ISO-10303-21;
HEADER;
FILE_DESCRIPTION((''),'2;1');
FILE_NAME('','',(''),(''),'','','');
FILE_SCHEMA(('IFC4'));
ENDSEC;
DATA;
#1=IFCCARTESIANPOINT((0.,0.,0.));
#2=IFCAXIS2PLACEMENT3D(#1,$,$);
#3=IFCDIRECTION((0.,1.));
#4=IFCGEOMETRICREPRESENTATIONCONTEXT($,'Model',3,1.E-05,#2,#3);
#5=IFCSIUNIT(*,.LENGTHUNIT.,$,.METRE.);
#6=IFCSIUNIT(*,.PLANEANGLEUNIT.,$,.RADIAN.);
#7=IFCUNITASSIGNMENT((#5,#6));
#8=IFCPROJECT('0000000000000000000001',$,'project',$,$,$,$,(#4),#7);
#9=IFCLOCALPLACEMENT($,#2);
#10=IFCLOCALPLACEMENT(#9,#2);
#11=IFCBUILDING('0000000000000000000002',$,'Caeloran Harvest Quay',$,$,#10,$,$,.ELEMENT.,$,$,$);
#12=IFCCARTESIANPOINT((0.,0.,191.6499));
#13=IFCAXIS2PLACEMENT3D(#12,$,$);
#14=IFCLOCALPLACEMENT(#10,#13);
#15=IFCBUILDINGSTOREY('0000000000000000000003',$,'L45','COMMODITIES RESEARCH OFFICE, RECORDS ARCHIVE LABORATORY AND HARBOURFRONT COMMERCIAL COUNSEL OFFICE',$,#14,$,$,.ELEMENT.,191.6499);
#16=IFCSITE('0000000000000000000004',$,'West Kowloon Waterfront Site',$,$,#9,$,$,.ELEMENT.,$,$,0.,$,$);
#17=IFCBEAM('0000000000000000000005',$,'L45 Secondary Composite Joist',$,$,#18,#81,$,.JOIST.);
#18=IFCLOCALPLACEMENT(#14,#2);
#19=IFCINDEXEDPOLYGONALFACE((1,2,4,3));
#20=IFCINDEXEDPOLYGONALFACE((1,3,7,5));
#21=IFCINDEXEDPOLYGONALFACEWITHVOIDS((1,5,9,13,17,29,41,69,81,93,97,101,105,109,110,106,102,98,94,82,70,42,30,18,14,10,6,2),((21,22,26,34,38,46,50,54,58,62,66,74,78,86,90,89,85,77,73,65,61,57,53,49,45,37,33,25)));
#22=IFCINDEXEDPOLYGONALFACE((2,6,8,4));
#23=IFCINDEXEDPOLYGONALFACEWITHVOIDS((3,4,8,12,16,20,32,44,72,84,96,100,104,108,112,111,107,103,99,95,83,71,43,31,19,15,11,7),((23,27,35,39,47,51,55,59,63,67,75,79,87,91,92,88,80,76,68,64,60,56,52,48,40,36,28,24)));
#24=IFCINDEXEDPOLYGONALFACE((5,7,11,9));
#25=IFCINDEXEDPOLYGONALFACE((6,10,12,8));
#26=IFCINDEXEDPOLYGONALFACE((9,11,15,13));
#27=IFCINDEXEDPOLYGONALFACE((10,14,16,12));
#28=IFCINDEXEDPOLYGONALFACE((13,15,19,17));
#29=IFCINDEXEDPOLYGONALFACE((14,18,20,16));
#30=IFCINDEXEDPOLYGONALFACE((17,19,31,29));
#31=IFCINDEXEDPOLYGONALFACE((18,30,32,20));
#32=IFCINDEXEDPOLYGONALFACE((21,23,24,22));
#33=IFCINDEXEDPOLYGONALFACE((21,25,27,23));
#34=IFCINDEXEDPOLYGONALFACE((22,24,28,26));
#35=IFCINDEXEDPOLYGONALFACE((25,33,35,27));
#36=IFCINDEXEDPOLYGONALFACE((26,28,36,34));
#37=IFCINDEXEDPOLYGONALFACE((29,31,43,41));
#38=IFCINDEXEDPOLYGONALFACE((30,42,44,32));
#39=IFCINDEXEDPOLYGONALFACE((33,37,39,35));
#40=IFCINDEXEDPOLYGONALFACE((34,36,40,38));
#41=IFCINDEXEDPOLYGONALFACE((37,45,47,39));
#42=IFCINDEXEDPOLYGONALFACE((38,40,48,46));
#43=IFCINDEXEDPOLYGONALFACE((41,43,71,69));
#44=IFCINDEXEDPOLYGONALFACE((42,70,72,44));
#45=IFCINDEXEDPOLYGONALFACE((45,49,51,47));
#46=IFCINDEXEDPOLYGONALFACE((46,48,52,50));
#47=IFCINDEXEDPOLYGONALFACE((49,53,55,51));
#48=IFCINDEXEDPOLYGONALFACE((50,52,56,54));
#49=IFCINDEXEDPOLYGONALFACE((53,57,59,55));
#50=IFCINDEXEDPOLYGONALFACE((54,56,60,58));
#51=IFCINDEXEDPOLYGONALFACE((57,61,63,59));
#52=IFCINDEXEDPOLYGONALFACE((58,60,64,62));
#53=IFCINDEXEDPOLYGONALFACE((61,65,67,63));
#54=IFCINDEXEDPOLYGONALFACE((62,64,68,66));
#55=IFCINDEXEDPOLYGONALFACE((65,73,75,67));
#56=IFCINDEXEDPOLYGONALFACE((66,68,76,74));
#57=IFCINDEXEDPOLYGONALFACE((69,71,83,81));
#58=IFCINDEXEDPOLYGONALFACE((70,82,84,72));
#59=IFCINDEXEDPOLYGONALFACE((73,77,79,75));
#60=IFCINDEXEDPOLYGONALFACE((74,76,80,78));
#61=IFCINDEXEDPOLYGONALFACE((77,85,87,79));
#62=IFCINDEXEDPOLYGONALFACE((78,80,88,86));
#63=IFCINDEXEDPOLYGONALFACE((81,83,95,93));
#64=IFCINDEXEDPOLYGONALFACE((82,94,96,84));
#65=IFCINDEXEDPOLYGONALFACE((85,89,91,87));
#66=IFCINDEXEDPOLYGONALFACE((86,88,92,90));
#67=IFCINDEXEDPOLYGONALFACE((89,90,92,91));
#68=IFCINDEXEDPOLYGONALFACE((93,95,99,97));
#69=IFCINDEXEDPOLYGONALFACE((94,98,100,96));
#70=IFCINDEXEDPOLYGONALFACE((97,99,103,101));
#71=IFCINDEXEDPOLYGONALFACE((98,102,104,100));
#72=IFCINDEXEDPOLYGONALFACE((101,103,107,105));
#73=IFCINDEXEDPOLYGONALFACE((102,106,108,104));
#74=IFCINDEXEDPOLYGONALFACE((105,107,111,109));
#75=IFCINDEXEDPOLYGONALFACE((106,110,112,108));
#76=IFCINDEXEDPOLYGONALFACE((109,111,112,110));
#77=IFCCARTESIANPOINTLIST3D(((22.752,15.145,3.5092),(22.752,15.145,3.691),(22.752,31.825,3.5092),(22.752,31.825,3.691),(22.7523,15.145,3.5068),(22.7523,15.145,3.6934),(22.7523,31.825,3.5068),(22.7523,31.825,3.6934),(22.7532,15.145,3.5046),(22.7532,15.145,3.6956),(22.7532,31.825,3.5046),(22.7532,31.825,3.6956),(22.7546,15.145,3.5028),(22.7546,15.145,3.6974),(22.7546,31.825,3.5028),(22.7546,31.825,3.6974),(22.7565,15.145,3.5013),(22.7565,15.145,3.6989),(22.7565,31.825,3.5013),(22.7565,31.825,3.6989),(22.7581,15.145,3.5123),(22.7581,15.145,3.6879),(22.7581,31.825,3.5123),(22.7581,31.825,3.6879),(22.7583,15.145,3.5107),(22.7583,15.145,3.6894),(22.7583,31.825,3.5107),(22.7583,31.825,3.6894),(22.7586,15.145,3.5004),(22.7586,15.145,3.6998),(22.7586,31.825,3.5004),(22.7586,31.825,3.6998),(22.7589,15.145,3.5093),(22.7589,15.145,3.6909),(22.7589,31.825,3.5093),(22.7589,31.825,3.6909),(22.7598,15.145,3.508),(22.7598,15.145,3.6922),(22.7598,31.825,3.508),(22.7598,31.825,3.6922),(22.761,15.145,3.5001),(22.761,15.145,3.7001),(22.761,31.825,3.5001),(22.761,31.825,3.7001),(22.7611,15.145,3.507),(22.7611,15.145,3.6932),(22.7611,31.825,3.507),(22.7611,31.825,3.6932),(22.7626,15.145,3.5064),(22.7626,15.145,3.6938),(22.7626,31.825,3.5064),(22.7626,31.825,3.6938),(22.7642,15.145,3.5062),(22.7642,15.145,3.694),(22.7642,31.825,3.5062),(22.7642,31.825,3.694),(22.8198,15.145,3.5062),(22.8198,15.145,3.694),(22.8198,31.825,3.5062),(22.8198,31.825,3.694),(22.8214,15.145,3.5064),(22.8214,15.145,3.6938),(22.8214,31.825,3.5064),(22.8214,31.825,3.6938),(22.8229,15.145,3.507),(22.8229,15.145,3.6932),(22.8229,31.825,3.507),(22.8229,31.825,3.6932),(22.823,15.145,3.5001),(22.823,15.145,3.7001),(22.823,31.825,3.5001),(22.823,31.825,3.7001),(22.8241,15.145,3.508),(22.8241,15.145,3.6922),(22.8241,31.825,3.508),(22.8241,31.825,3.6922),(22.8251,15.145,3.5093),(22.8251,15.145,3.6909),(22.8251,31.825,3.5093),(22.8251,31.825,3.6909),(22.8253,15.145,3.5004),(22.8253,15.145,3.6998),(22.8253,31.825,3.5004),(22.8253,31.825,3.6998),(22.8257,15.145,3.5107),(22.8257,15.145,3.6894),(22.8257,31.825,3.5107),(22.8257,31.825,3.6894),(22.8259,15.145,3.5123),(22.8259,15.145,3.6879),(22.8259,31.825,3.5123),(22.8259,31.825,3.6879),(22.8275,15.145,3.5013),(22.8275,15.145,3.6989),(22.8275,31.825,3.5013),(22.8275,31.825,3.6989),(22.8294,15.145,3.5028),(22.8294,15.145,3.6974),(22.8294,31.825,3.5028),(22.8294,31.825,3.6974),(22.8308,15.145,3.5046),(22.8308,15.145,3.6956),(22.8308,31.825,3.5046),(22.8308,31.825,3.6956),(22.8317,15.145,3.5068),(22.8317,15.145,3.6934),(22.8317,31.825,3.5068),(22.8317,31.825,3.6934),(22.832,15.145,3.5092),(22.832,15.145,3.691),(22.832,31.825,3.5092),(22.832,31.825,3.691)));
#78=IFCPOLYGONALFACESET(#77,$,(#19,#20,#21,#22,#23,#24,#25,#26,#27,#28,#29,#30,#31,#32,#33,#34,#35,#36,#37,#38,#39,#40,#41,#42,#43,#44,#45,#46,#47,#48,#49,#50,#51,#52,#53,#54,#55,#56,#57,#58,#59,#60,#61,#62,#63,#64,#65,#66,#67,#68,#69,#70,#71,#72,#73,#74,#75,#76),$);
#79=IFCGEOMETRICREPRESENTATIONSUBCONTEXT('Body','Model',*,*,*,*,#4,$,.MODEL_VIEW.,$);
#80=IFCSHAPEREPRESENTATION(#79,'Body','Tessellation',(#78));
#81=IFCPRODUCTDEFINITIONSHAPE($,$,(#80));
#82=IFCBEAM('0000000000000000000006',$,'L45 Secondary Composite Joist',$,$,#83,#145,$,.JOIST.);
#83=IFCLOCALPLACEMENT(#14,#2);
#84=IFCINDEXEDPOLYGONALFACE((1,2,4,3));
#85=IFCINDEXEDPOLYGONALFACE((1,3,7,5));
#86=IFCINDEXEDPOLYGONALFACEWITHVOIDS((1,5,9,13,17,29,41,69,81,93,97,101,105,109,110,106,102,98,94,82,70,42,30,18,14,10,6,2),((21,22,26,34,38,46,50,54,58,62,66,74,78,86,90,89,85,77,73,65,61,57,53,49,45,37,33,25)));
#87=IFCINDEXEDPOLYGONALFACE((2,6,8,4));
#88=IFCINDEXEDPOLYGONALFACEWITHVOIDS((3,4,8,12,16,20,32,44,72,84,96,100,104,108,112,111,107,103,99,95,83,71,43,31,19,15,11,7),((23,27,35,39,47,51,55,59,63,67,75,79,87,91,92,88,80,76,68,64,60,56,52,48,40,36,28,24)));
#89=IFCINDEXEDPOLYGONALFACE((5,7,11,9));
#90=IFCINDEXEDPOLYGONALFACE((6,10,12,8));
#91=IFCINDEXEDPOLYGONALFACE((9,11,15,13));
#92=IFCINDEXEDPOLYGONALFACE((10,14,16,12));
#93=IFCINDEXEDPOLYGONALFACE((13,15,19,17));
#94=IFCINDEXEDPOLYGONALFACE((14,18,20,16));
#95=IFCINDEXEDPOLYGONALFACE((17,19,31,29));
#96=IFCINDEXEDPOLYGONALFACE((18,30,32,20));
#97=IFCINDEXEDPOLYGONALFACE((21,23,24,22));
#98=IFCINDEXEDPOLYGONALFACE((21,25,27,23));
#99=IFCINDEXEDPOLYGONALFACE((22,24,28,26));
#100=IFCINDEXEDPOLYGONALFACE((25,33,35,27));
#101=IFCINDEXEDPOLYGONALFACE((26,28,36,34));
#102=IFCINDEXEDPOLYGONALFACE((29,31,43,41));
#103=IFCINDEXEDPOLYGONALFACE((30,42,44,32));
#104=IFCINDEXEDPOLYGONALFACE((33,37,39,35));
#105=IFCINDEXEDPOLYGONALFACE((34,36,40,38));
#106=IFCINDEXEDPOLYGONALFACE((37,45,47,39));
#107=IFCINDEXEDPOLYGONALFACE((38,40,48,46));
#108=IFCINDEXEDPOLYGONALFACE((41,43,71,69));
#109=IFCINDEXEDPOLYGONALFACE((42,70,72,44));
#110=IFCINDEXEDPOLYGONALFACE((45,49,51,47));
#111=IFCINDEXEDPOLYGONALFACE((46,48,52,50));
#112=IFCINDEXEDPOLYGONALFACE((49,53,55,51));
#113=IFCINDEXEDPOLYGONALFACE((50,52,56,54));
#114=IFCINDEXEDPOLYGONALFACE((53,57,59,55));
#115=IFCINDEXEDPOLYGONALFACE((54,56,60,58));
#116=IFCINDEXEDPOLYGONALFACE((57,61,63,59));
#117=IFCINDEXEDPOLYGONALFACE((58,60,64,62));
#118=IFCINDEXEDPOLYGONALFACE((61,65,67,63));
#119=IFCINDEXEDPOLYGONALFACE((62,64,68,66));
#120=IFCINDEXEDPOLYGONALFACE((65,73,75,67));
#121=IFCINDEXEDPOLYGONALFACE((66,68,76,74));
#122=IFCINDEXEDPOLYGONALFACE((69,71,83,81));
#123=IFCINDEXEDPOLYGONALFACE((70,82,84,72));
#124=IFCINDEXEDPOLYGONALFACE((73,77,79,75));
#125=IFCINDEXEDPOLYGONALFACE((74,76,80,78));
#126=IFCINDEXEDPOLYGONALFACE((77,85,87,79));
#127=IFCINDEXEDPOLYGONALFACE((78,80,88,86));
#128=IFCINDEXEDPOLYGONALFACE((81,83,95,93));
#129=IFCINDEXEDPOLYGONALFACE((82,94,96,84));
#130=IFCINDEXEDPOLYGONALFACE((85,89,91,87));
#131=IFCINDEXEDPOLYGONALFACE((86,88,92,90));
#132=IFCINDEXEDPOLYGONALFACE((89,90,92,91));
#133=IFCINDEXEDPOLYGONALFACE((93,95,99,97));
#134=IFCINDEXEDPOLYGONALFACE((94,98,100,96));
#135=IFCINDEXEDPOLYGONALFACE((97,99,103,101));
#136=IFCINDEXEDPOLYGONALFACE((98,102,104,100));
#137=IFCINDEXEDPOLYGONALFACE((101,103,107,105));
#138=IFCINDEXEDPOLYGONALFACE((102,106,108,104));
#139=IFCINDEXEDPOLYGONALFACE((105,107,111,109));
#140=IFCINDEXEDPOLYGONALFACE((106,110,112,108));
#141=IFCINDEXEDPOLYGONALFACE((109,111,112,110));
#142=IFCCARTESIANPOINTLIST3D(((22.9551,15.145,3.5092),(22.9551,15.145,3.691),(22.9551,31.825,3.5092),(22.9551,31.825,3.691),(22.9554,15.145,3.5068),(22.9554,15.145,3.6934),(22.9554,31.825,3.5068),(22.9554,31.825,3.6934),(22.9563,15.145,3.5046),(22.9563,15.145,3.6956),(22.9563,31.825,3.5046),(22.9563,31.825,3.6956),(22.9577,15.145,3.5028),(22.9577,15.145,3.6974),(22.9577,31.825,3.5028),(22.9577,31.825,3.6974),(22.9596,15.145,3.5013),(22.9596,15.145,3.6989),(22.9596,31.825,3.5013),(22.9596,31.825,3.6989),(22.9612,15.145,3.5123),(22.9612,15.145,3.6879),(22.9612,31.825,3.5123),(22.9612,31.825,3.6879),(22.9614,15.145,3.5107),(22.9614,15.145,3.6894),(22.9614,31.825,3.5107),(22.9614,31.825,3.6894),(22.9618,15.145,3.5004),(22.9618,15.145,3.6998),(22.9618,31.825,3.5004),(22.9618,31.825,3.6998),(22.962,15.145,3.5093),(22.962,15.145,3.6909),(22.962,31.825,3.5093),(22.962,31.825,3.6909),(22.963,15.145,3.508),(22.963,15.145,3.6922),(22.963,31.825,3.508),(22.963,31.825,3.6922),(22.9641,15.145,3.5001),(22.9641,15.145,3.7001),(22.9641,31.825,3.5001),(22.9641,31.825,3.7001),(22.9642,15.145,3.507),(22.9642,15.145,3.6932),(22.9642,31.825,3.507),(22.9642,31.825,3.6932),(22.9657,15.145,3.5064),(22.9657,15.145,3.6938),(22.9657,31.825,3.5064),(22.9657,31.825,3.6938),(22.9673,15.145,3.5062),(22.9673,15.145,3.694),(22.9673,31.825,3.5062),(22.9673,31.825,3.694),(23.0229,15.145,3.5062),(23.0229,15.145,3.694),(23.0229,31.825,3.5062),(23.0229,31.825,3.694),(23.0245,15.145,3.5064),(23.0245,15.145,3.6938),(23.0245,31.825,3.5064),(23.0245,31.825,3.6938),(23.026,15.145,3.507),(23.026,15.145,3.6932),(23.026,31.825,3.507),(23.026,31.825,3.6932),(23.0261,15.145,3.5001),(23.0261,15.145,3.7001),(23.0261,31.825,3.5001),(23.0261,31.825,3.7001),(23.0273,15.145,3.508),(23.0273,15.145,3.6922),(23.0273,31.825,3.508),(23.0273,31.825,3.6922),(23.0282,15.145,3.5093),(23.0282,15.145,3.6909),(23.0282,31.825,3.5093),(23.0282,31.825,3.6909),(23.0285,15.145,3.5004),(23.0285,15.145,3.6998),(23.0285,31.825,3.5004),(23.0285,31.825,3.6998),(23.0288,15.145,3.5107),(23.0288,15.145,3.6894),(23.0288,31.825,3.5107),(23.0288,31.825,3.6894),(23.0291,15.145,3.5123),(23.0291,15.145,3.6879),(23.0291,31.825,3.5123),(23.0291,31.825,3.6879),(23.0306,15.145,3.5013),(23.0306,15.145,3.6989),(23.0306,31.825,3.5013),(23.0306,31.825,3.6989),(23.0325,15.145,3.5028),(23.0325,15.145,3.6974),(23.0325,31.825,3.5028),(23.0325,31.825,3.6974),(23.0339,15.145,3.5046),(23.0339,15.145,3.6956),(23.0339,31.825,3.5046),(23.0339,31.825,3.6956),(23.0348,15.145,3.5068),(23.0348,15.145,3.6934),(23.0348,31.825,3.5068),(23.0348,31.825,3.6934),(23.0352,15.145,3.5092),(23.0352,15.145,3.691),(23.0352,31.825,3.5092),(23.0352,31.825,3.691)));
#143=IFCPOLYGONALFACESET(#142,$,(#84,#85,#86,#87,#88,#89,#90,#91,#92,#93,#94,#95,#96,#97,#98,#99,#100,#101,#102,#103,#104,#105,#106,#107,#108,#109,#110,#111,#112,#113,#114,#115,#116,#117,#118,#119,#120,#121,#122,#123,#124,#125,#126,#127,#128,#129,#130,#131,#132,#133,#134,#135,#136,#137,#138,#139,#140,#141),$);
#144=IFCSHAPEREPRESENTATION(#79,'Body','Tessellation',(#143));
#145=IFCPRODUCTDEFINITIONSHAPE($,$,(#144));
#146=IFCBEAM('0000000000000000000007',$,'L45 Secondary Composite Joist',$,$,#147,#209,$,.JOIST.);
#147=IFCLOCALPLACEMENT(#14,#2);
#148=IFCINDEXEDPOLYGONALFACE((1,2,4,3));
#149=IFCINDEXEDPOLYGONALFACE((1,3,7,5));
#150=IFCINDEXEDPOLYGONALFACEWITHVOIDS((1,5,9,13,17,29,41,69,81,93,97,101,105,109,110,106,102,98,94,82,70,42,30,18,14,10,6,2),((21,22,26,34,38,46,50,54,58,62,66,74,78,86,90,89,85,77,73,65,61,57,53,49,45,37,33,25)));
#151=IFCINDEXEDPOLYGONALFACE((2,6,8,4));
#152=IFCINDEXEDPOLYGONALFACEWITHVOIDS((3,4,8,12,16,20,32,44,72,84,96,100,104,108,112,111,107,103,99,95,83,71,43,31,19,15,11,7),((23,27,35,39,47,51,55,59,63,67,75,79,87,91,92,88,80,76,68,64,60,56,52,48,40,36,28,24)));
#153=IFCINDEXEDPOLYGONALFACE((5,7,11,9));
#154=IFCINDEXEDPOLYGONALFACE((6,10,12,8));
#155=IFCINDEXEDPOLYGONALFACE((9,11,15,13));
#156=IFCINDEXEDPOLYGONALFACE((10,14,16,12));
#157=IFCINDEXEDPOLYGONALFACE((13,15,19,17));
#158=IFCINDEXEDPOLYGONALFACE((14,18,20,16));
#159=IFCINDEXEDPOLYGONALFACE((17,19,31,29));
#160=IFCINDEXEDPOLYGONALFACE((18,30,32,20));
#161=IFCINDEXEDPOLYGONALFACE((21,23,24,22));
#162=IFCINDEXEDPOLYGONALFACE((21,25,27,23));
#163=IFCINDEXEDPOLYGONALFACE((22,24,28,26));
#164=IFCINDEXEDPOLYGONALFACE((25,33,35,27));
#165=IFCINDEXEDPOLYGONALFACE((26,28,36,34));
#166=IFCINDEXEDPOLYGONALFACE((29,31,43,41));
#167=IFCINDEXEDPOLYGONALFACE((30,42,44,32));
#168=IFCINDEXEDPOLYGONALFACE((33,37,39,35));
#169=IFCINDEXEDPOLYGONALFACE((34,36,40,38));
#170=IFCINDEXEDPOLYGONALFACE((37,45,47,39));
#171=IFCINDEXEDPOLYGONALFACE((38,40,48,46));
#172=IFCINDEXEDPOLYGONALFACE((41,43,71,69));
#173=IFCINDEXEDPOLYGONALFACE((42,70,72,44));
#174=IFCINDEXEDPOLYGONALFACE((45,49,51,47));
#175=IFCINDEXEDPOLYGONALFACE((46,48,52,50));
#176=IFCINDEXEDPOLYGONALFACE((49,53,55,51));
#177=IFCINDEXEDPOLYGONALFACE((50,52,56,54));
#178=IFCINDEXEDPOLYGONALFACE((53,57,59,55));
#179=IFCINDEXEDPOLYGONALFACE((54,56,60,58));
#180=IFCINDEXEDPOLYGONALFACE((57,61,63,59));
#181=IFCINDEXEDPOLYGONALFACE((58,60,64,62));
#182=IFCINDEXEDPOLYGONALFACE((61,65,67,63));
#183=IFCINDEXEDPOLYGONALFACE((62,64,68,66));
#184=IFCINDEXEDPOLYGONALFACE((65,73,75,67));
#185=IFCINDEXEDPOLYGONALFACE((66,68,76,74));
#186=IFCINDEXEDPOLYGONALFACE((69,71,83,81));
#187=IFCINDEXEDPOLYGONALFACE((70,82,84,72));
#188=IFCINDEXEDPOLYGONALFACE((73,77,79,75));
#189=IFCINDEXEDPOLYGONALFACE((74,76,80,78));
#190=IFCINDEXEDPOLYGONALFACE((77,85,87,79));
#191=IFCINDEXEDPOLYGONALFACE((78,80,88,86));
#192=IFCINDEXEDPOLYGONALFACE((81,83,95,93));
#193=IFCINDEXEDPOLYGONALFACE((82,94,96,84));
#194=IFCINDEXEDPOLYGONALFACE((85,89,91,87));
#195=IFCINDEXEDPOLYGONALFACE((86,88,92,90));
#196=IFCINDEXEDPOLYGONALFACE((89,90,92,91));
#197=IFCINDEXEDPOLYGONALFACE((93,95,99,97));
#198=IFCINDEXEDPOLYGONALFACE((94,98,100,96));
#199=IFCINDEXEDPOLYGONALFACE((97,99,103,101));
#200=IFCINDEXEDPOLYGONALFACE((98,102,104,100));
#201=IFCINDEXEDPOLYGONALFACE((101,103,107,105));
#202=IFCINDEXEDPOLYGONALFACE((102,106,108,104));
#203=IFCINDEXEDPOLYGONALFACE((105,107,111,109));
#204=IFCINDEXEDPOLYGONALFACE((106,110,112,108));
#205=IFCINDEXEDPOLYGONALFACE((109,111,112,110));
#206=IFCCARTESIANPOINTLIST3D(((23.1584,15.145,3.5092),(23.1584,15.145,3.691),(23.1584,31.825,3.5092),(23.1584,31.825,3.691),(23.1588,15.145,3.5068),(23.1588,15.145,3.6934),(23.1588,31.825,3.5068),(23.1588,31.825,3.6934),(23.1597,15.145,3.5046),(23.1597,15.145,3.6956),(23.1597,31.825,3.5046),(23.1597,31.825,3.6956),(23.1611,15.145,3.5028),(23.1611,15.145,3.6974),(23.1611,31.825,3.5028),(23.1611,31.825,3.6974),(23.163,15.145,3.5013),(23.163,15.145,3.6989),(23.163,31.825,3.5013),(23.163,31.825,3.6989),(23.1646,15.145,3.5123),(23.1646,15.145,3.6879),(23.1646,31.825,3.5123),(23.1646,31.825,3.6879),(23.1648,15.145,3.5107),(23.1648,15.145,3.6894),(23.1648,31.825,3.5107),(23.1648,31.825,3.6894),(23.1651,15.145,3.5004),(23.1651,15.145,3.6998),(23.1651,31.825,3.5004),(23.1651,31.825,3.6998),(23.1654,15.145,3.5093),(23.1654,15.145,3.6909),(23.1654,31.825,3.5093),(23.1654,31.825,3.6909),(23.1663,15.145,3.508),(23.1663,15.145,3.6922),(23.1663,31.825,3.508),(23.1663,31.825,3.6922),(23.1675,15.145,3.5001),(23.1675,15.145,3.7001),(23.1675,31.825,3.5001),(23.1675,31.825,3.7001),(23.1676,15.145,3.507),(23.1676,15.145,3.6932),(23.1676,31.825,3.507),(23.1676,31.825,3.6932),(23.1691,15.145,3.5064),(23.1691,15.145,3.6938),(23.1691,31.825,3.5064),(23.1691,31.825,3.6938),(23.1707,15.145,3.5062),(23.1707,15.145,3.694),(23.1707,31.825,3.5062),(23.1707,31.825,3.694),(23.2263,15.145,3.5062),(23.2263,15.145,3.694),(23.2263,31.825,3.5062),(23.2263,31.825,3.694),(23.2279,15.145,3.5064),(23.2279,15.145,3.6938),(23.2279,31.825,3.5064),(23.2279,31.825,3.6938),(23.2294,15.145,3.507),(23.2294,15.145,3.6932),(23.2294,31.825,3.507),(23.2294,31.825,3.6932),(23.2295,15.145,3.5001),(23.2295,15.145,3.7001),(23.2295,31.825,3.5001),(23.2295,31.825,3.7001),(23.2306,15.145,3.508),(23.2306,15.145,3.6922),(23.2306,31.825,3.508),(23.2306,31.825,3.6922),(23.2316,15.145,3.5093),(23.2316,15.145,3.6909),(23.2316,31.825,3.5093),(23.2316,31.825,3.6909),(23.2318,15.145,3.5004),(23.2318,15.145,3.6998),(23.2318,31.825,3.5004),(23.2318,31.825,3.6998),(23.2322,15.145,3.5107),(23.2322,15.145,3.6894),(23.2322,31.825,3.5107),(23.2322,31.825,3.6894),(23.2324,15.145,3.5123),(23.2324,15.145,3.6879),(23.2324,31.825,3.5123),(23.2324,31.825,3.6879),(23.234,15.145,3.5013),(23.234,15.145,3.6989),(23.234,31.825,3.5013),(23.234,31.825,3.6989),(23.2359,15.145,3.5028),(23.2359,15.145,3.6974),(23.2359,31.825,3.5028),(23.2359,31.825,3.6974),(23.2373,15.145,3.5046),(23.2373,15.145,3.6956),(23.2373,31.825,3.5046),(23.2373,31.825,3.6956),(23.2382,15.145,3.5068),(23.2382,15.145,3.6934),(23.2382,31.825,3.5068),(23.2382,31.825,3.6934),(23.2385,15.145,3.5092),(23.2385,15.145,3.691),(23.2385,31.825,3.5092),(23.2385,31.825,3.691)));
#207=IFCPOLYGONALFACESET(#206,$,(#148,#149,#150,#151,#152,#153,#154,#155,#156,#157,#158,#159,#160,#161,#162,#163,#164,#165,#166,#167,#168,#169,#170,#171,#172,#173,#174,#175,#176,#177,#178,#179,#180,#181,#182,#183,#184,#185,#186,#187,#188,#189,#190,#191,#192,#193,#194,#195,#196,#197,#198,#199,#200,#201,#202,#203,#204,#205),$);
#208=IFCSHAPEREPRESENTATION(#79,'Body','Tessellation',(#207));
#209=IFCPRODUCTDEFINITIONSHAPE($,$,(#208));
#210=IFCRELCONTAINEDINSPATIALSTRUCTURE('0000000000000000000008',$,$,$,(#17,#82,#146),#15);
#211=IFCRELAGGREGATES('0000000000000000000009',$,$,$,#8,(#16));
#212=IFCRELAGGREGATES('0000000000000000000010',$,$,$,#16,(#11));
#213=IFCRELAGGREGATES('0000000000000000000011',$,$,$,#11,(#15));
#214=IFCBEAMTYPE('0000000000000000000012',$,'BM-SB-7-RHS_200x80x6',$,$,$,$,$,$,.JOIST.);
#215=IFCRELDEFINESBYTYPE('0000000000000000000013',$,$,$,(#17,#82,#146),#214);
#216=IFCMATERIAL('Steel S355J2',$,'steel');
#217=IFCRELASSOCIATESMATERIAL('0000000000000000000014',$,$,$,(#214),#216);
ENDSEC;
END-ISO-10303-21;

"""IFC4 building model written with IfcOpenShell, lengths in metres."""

from ifc_helpers import new_model, si_unit, direction, frame, origin, origin_2d, place, context, subcontext, project, spatial, hollow_rectangle, extrude, material, material_profile, profile_set, type_object, element, save


model = new_model("IFC4")

# Units and contexts
model_context = context("Model", 3, precision=1e-05, world=origin(), true_north=direction((0.0, 1.0)))
body_context = subcontext(model_context, "Body", "Model", "MODEL_VIEW")
ifc_project = project(units=[si_unit("LENGTHUNIT", "METRE"), si_unit("PLANEANGLEUNIT", "RADIAN")], contexts=[model_context])

# Site, building, storey
site_placement = place(None, origin())
site = spatial("IfcSite", under=ifc_project, at=site_placement, Name="West Kowloon Waterfront Site", CompositionType="ELEMENT", RefElevation=0.0)
building_placement = place(site_placement, origin())
building = spatial("IfcBuilding", under=site, at=building_placement, Name="Caeloran Harvest Quay", CompositionType="ELEMENT")
storey_placement = place(building_placement, frame((0.0, 0.0, 191.6499)))
storey = spatial("IfcBuildingStorey", under=building, at=storey_placement, Name="L45", Description="COMMODITIES RESEARCH OFFICE, RECORDS ARCHIVE LABORATORY AND HARBOURFRONT COMMERCIAL COUNSEL OFFICE", CompositionType="ELEMENT", Elevation=191.6499)

# Beams
ifc_material_1 = material(Name="Steel S355J2", Category="steel")
ifc_material_profile_1 = material_profile(ifc_material_1, hollow_rectangle(XDim=0.0801, YDim=0.2, WallThickness=0.0061, InnerFilletRadius=0.0061, OuterFilletRadius=0.009, at=origin_2d()), Name="RHS 200x80x6")
ifc_profile_set_1 = profile_set([ifc_material_profile_1], Name="Steel S355J2")
beam_type_1 = type_object("IfcBeamType", Name="BM-SB-7-RHS_200x80x6", PredefinedType="JOIST", material=ifc_profile_set_1)
for number, where, z_axis, x_axis, name in (
    (1, (22.792, 15.145, 3.6001), (0.0, 1.0, 0.0), (-1.0, 0.0, 0.0), "L45 Secondary Composite Joist"),
    (2, (22.9951, 15.145, 3.6001), (0.0, 1.0, 0.0), (-1.0, 0.0, 0.0), "L45 Secondary Composite Joist"),
    (3, (23.1985, 15.145, 3.6001), (0.0, 1.0, 0.0), (-1.0, 0.0, 0.0), "L45 Secondary Composite Joist"),
):
    element("IfcBeam", number, at=place(storey_placement, frame(where, z_axis=z_axis, x_axis=x_axis)), inside=storey, type_object=beam_type_1, Name=name, PredefinedType="JOIST", context=body_context, shape_type="SweptSolid", body=[
        extrude(hollow_rectangle(XDim=0.0801, YDim=0.2, WallThickness=0.0061, InnerFilletRadius=0.0061, OuterFilletRadius=0.009, at=origin_2d()), origin(), (0.0, 0.0, 1.0), 16.6799),
    ])

save(model, "model.ifc")
